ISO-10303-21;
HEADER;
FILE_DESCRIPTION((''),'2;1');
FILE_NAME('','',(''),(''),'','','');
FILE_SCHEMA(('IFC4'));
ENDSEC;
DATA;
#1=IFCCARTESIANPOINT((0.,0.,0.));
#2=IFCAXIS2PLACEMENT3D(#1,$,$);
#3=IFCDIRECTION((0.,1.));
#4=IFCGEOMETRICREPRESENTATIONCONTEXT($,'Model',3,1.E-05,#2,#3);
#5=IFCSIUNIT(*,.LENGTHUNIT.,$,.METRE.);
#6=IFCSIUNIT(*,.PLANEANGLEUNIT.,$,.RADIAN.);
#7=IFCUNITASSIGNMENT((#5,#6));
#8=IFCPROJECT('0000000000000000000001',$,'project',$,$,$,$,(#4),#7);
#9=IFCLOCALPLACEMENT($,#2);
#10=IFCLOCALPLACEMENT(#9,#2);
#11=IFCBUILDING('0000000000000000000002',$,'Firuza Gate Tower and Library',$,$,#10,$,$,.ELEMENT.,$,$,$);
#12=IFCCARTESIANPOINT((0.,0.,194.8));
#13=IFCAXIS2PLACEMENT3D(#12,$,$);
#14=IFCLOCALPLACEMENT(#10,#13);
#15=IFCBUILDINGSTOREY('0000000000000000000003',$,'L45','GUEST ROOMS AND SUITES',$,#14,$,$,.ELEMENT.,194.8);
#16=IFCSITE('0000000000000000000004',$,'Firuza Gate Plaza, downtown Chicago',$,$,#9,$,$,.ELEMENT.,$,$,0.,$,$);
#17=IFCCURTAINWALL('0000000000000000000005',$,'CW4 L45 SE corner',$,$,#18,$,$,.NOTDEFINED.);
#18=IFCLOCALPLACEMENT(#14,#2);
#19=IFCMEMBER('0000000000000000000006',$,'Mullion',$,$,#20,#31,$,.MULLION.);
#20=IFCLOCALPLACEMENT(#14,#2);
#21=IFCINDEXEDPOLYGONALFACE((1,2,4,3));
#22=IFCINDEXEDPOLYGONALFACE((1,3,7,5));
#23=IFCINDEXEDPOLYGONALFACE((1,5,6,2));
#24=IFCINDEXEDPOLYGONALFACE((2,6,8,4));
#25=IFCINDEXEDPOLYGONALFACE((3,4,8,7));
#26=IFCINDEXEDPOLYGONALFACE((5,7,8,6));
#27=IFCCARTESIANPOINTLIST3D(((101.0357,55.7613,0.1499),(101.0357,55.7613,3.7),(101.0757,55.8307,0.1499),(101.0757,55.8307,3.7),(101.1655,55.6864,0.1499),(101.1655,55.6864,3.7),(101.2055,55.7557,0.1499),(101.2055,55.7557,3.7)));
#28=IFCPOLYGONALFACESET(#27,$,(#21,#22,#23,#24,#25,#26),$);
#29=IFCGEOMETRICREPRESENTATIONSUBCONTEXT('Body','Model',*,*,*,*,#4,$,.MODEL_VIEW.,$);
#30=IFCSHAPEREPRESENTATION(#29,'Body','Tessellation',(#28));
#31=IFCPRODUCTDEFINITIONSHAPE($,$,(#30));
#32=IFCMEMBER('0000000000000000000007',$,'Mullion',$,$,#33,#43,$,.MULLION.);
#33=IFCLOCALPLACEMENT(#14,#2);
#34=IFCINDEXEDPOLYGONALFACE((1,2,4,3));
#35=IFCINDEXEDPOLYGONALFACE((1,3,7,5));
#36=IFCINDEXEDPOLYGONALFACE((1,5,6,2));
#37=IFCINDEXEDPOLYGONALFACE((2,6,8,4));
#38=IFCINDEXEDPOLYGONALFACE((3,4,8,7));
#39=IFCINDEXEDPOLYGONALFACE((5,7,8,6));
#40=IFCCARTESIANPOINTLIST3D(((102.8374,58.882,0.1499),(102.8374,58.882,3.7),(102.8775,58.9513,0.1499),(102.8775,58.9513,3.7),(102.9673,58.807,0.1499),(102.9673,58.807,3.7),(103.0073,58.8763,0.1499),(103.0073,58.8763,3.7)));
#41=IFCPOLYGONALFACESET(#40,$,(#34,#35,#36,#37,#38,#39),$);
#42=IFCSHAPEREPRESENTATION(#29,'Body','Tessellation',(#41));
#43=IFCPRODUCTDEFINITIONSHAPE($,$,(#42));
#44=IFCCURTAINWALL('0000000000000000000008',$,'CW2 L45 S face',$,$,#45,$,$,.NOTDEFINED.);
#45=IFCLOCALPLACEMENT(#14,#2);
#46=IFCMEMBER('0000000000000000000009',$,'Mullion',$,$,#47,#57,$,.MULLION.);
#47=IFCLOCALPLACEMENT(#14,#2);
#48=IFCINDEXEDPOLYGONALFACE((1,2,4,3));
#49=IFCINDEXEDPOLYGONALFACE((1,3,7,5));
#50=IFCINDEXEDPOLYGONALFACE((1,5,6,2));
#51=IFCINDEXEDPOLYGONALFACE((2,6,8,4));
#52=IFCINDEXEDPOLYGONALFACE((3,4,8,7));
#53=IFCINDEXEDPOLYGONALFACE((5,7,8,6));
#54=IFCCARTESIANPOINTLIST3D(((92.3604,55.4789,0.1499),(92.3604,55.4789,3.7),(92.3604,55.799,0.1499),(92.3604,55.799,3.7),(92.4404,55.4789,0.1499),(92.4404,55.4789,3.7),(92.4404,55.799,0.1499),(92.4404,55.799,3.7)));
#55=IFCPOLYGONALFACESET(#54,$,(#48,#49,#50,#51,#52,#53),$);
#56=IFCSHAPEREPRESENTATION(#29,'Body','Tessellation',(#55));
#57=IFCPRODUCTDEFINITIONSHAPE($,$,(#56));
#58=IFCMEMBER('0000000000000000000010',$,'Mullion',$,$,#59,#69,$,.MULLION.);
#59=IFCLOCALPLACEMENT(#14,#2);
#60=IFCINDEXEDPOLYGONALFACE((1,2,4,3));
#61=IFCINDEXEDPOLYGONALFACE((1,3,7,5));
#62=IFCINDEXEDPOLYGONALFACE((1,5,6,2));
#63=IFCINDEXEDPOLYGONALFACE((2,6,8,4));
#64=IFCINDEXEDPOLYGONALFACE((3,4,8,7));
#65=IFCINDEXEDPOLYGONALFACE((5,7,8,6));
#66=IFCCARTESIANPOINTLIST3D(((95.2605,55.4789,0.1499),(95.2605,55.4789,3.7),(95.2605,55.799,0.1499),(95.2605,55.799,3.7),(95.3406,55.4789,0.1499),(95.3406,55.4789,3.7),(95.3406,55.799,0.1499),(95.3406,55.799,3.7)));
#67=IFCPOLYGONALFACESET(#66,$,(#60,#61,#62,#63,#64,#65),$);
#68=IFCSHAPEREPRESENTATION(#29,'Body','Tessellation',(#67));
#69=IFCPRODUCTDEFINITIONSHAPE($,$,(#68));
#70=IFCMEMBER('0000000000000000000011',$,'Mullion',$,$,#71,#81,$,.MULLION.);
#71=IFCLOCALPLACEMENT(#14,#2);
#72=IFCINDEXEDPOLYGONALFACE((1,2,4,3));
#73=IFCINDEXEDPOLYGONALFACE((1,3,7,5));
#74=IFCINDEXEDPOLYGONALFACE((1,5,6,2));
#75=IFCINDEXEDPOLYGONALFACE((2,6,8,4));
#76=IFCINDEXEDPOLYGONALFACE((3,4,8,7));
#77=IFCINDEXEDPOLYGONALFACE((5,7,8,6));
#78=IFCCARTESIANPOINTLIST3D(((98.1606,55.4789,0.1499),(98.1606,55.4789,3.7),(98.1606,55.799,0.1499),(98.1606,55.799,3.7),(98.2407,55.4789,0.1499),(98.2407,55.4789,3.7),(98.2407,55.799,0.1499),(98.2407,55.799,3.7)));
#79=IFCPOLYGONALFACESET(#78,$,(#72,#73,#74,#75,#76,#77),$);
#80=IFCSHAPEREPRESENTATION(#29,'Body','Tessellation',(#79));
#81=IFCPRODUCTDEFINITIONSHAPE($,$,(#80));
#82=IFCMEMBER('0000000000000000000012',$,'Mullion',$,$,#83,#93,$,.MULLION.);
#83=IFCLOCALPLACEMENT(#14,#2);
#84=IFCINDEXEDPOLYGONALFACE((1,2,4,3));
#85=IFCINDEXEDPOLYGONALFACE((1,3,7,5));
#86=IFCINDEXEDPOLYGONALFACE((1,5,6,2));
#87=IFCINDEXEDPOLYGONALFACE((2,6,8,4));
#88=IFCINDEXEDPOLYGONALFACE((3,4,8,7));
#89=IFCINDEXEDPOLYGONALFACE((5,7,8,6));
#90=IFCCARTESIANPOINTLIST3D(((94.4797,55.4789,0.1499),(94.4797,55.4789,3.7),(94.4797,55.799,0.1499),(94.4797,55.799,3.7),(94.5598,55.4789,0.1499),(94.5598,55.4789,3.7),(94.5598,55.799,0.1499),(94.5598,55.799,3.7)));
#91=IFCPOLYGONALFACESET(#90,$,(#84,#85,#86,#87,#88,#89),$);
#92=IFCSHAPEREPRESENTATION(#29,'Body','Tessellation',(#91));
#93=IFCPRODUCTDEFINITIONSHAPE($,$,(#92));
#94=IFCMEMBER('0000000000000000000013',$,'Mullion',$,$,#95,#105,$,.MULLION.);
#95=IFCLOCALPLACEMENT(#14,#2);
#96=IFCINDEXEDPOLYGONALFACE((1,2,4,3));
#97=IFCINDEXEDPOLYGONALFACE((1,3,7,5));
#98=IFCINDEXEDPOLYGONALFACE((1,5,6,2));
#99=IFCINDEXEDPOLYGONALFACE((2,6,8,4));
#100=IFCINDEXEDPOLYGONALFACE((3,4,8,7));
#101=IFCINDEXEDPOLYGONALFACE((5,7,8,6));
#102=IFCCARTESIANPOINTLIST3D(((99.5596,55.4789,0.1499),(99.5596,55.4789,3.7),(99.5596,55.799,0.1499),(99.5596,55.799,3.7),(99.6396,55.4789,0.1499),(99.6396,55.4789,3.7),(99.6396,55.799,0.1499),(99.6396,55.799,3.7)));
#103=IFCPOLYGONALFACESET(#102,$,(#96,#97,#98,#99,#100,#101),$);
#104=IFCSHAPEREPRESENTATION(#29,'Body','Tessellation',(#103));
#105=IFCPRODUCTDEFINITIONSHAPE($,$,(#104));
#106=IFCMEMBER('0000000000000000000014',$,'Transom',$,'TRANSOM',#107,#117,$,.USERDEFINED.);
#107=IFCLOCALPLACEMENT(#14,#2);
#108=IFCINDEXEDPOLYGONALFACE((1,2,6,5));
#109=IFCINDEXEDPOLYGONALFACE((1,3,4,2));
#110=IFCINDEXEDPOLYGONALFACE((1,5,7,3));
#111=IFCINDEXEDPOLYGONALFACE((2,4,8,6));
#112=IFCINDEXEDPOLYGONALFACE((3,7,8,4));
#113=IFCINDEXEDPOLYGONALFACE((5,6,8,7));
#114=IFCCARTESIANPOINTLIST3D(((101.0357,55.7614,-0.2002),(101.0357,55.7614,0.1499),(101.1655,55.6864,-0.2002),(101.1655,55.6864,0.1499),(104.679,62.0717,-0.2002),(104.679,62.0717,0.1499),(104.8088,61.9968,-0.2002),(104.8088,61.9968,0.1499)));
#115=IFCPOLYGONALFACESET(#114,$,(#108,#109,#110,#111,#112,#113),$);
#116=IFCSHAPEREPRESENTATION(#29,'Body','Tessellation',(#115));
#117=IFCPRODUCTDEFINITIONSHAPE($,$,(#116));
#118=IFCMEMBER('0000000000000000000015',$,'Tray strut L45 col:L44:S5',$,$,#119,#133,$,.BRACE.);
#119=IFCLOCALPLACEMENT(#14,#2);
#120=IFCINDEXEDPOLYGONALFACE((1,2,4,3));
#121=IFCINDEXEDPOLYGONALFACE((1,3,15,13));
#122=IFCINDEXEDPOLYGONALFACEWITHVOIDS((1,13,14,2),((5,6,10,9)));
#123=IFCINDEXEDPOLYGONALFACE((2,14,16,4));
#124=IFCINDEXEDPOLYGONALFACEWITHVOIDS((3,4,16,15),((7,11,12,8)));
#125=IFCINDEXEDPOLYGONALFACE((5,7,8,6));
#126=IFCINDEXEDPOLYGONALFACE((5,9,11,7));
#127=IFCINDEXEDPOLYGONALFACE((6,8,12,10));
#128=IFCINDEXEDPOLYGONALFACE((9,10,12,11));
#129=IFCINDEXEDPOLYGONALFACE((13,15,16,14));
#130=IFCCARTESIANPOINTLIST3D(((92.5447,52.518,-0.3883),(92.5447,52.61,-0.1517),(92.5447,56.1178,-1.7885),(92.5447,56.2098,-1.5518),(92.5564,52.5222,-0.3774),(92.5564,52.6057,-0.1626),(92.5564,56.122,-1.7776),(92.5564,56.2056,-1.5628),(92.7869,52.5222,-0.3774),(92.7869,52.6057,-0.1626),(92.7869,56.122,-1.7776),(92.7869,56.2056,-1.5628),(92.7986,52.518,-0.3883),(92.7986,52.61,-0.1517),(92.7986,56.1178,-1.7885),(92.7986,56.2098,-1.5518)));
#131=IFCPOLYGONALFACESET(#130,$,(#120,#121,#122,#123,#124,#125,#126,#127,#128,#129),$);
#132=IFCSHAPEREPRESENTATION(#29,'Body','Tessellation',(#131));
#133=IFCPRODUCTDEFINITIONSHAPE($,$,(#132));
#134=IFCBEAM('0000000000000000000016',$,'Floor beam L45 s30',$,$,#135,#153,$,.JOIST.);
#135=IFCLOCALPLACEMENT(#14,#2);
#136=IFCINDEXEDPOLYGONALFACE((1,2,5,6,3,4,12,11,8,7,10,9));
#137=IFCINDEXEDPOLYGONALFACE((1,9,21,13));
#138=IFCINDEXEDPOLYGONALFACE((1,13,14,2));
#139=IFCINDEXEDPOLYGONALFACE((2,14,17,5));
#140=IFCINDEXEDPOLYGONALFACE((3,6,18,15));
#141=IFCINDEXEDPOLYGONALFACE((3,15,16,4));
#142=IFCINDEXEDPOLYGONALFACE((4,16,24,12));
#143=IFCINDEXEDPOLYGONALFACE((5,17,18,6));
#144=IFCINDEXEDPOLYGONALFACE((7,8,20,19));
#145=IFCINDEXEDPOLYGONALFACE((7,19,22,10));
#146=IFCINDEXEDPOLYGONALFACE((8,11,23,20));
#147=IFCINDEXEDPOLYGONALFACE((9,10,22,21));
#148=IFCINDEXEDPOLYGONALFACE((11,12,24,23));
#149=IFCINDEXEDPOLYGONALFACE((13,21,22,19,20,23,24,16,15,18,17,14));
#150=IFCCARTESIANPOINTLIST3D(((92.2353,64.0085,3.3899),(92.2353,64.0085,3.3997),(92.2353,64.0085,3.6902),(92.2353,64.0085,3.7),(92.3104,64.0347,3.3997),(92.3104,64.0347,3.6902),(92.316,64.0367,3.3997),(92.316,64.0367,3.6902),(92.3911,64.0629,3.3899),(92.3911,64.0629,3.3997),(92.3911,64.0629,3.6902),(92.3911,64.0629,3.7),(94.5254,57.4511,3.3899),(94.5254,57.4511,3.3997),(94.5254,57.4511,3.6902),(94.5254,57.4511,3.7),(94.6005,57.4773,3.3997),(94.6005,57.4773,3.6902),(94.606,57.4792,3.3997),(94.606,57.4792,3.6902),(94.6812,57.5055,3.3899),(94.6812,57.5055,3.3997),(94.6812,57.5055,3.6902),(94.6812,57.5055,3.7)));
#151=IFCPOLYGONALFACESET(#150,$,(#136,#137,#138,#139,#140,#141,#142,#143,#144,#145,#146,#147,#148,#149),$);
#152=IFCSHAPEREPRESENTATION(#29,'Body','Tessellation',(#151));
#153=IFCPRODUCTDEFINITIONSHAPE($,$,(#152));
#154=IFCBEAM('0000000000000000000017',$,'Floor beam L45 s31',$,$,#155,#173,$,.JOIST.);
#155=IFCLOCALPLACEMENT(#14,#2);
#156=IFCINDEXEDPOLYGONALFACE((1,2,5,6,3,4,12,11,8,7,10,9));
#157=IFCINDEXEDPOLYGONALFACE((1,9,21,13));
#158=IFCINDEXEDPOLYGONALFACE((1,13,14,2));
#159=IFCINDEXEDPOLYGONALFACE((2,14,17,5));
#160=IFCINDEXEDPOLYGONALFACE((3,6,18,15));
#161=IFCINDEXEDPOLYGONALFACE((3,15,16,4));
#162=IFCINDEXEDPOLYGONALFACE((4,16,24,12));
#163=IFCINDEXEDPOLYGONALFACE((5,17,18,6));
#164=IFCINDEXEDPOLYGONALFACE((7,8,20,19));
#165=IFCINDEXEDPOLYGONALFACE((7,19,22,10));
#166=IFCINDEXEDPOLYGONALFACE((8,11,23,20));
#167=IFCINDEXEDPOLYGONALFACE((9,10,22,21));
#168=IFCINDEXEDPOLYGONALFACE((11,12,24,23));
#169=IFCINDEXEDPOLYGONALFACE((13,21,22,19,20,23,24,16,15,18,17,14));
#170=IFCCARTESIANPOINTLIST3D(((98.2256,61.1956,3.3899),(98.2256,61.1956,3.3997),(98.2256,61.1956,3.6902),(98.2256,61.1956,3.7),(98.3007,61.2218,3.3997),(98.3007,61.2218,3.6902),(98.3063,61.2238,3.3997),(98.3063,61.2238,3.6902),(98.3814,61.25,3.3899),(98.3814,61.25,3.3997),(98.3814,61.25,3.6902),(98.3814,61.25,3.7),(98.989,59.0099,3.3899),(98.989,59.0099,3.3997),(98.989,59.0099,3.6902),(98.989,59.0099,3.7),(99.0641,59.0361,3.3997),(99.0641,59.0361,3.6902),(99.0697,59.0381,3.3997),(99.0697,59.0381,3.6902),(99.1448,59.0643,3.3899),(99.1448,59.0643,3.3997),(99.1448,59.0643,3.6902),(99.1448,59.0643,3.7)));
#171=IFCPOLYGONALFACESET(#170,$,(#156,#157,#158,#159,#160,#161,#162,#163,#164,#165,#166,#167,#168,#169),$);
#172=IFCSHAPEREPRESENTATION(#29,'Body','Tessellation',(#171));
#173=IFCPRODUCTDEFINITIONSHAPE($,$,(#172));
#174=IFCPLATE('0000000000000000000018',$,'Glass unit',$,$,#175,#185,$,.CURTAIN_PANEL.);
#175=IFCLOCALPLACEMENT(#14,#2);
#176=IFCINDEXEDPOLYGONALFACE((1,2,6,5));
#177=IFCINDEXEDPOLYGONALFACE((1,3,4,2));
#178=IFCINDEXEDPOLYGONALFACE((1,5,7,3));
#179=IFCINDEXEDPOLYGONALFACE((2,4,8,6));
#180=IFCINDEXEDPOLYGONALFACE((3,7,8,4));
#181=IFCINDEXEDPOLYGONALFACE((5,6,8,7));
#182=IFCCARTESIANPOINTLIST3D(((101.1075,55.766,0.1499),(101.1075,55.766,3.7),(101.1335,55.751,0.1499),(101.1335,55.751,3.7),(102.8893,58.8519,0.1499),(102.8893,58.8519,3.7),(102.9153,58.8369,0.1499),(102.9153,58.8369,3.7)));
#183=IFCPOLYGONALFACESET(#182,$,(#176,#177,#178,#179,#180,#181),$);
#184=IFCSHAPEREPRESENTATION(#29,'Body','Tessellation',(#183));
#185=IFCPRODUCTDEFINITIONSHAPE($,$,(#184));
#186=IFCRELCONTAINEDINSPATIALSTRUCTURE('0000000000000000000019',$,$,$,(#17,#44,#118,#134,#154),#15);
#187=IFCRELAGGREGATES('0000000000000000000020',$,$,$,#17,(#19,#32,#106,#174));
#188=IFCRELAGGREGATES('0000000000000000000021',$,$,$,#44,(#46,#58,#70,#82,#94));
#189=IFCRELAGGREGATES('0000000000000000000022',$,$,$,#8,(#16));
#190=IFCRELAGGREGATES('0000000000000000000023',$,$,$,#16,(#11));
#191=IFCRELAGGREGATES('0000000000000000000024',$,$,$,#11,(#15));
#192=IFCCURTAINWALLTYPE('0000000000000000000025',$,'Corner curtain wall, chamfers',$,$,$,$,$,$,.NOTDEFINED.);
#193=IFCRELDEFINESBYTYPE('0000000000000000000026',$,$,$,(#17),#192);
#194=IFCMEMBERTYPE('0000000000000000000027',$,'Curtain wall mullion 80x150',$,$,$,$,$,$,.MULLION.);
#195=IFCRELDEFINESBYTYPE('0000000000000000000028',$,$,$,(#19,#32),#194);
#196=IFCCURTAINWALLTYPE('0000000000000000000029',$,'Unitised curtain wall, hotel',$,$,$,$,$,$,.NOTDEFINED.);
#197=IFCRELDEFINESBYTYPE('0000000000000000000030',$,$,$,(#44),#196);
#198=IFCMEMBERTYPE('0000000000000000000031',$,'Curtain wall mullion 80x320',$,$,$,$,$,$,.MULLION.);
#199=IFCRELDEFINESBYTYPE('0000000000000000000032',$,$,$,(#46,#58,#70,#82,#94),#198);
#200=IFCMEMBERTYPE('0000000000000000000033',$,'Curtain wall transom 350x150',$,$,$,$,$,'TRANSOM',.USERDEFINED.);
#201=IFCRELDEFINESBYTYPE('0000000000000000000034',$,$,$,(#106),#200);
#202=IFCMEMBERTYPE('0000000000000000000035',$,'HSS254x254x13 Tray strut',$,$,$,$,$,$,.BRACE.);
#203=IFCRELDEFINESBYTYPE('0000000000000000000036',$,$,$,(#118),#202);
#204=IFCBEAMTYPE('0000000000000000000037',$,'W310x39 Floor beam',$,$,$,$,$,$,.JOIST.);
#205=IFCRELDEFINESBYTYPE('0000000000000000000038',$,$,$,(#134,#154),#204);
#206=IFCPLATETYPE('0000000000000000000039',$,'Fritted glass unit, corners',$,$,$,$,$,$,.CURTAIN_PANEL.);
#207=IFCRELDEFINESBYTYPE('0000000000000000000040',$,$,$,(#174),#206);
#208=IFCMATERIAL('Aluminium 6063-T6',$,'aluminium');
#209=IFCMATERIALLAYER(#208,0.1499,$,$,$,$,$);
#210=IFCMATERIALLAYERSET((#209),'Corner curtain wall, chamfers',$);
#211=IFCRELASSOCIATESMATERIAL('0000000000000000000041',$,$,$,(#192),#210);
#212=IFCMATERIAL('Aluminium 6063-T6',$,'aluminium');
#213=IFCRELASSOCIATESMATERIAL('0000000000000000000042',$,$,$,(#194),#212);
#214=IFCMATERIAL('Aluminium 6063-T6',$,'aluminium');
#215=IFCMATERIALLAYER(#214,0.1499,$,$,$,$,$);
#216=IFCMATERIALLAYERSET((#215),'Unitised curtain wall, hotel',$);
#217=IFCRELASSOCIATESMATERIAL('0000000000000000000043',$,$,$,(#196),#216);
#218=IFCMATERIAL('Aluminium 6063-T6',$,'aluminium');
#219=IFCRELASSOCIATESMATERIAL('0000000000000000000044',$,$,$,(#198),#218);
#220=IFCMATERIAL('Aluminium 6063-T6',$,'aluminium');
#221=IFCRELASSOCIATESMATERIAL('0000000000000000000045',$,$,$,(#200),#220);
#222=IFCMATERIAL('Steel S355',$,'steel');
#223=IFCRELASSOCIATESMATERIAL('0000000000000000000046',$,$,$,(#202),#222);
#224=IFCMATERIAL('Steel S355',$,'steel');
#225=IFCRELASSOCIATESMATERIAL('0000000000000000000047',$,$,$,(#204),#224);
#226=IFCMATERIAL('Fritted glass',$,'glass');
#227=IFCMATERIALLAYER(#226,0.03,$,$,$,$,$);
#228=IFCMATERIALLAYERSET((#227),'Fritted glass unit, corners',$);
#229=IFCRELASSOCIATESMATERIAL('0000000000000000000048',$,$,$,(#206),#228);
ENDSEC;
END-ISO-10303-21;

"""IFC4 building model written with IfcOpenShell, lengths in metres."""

from ifc_helpers import new_model, si_unit, direction, frame, origin, origin_2d, place, context, subcontext, project, spatial, polyline, rectangle, hollow_rectangle, i_section, outline, extrude, material, layer, layer_set, material_profile, profile_set, type_object, element, aggregate, save


model = new_model("IFC4")

# Units and contexts
model_context = context("Model", 3, precision=1e-05, world=origin(), true_north=direction((0.0, 1.0)))
body_context = subcontext(model_context, "Body", "Model", "MODEL_VIEW")
ifc_project = project(units=[si_unit("LENGTHUNIT", "METRE"), si_unit("PLANEANGLEUNIT", "RADIAN")], contexts=[model_context])

# Site, building, storey
site_placement = place(None, origin())
site = spatial("IfcSite", under=ifc_project, at=site_placement, Name="Firuza Gate Plaza, downtown Chicago", CompositionType="ELEMENT", RefElevation=0.0)
building_placement = place(site_placement, origin())
building = spatial("IfcBuilding", under=site, at=building_placement, Name="Firuza Gate Tower and Library", CompositionType="ELEMENT")
storey_placement = place(building_placement, frame((0.0, 0.0, 194.8)))
storey = spatial("IfcBuildingStorey", under=building, at=storey_placement, Name="L45", Description="GUEST ROOMS AND SUITES", CompositionType="ELEMENT", Elevation=194.8)

# Curtain walls, members
ifc_material_1 = material(Name="Aluminium 6063-T6", Category="aluminium")
ifc_layer_1 = layer(ifc_material_1, 0.1499)
ifc_layer_set_1 = layer_set([ifc_layer_1], Name="Corner curtain wall, chamfers")
curtain_wall_type_1 = type_object("IfcCurtainWallType", Name="Corner curtain wall, chamfers", PredefinedType="NOTDEFINED", material=ifc_layer_set_1)
placement = place(storey_placement, origin())
curtain_wall_1 = element("IfcCurtainWall", 1, at=placement, inside=storey, type_object=curtain_wall_type_1, Name="CW4 L45 SE corner", PredefinedType="NOTDEFINED")
ifc_material_2 = material(Name="Aluminium 6063-T6", Category="aluminium")
ifc_material_profile_1 = material_profile(ifc_material_2, rectangle(XDim=0.1499, YDim=0.0801, at=origin_2d()))
ifc_profile_set_1 = profile_set([ifc_material_profile_1], Name="Aluminium 6063-T6")
member_type_1 = type_object("IfcMemberType", Name="Curtain wall mullion 80x150", PredefinedType="MULLION", material=ifc_profile_set_1)
member_1_placement = place(storey_placement, frame((101.1206, 55.7585, 0.1499), z_axis=(0.0, 0.0, 1.0), x_axis=(-0.866025, 0.5, 0.0)))
member_1 = element("IfcMember", 2, at=member_1_placement, type_object=member_type_1, Name="Mullion", PredefinedType="MULLION", context=body_context, shape_type="SweptSolid", body=[
    extrude(rectangle(XDim=0.1499, YDim=0.0801, at=origin_2d()), origin(), (0.0, 0.0, 1.0), 3.55),
])
member_2_placement = place(storey_placement, frame((102.9224, 58.8792, 0.1499), z_axis=(0.0, 0.0, 1.0), x_axis=(-0.866025, 0.5, 0.0)))
member_2 = element("IfcMember", 3, at=member_2_placement, type_object=member_type_1, Name="Mullion", PredefinedType="MULLION", context=body_context, shape_type="SweptSolid", body=[
    extrude(rectangle(XDim=0.1499, YDim=0.0801, at=origin_2d()), origin(), (0.0, 0.0, 1.0), 3.55),
])
ifc_material_3 = material(Name="Aluminium 6063-T6", Category="aluminium")
ifc_layer_2 = layer(ifc_material_3, 0.1499)
ifc_layer_set_2 = layer_set([ifc_layer_2], Name="Unitised curtain wall, hotel")
curtain_wall_type_2 = type_object("IfcCurtainWallType", Name="Unitised curtain wall, hotel", PredefinedType="NOTDEFINED", material=ifc_layer_set_2)
curtain_wall_2 = element("IfcCurtainWall", 4, at=placement, inside=storey, type_object=curtain_wall_type_2, Name="CW2 L45 S face", PredefinedType="NOTDEFINED")
ifc_material_4 = material(Name="Aluminium 6063-T6", Category="aluminium")
ifc_material_profile_2 = material_profile(ifc_material_4, rectangle(XDim=0.3201, YDim=0.0801, at=origin_2d()))
ifc_profile_set_2 = profile_set([ifc_material_profile_2], Name="Aluminium 6063-T6")
member_type_2 = type_object("IfcMemberType", Name="Curtain wall mullion 80x320", PredefinedType="MULLION", material=ifc_profile_set_2)
member_3_placement = place(storey_placement, frame((92.4004, 55.6389, 0.1499), z_axis=(0.0, 0.0, 1.0), x_axis=(0.0, 1.0, 0.0)))
member_3 = element("IfcMember", 5, at=member_3_placement, type_object=member_type_2, Name="Mullion", PredefinedType="MULLION", context=body_context, shape_type="SweptSolid", body=[
    extrude(rectangle(XDim=0.3201, YDim=0.0801, at=origin_2d()), origin(), (0.0, 0.0, 1.0), 3.55),
])
member_4_placement = place(storey_placement, frame((95.3005, 55.6389, 0.1499), z_axis=(0.0, 0.0, 1.0), x_axis=(0.0, 1.0, 0.0)))
member_4 = element("IfcMember", 6, at=member_4_placement, type_object=member_type_2, Name="Mullion", PredefinedType="MULLION", context=body_context, shape_type="SweptSolid", body=[
    extrude(rectangle(XDim=0.3201, YDim=0.0801, at=origin_2d()), origin(), (0.0, 0.0, 1.0), 3.55),
])
member_5_placement = place(storey_placement, frame((98.2007, 55.6389, 0.1499), z_axis=(0.0, 0.0, 1.0), x_axis=(0.0, 1.0, 0.0)))
member_5 = element("IfcMember", 7, at=member_5_placement, type_object=member_type_2, Name="Mullion", PredefinedType="MULLION", context=body_context, shape_type="SweptSolid", body=[
    extrude(rectangle(XDim=0.3201, YDim=0.0801, at=origin_2d()), origin(), (0.0, 0.0, 1.0), 3.55),
])
member_6_placement = place(storey_placement, frame((94.5198, 55.6389, 0.1499), z_axis=(0.0, 0.0, 1.0), x_axis=(0.0, 1.0, 0.0)))
member_6 = element("IfcMember", 8, at=member_6_placement, type_object=member_type_2, Name="Mullion", PredefinedType="MULLION", context=body_context, shape_type="SweptSolid", body=[
    extrude(rectangle(XDim=0.3201, YDim=0.0801, at=origin_2d()), origin(), (0.0, 0.0, 1.0), 3.55),
])
member_7_placement = place(storey_placement, frame((99.5996, 55.6389, 0.1499), z_axis=(0.0, 0.0, 1.0), x_axis=(0.0, 1.0, 0.0)))
member_7 = element("IfcMember", 9, at=member_7_placement, type_object=member_type_2, Name="Mullion", PredefinedType="MULLION", context=body_context, shape_type="SweptSolid", body=[
    extrude(rectangle(XDim=0.3201, YDim=0.0801, at=origin_2d()), origin(), (0.0, 0.0, 1.0), 3.55),
])

# Members
ifc_material_5 = material(Name="Aluminium 6063-T6", Category="aluminium")
ifc_material_profile_3 = material_profile(ifc_material_5, rectangle(XDim=0.1499, YDim=0.3501, at=origin_2d()))
ifc_profile_set_3 = profile_set([ifc_material_profile_3], Name="Aluminium 6063-T6")
member_type_3 = type_object("IfcMemberType", Name="Curtain wall transom 350x150", ElementType="TRANSOM", PredefinedType="USERDEFINED", material=ifc_profile_set_3)
member_8_placement = place(storey_placement, frame((101.1006, 55.7239, -0.0251), z_axis=(0.500006, 0.866022, 0.0), x_axis=(-0.866022, 0.500006, 0.0)))
member_8 = element("IfcMember", 10, at=member_8_placement, type_object=member_type_3, Name="Transom", ObjectType="TRANSOM", PredefinedType="USERDEFINED", context=body_context, shape_type="SweptSolid", body=[
    extrude(rectangle(XDim=0.1499, YDim=0.3501, at=origin_2d()), origin(), (0.0, 0.0, 1.0), 7.2866),
])
ifc_material_6 = material(Name="Steel S355", Category="steel")
ifc_material_profile_4 = material_profile(ifc_material_6, hollow_rectangle(XDim=0.2539, YDim=0.2539, WallThickness=0.0117, at=origin_2d()))
ifc_profile_set_4 = profile_set([ifc_material_profile_4], Name="Steel S355")
member_type_4 = type_object("IfcMemberType", Name="HSS254x254x13 Tray strut", PredefinedType="BRACE", material=ifc_profile_set_4)
member_9_placement = place(storey_placement, frame((92.6716, 56.1638, -1.6702), z_axis=(0.0, -0.931987, 0.362492), x_axis=(1.0, 0.0, 0.0)))
element("IfcMember", 11, at=member_9_placement, inside=storey, type_object=member_type_4, Name="Tray strut L45 col:L44:S5", PredefinedType="BRACE", context=body_context, shape_type="SweptSolid", body=[
    extrude(hollow_rectangle(XDim=0.2539, YDim=0.2539, WallThickness=0.0117, at=origin_2d()), origin(), (0.0, 0.0, 1.0), 3.8625),
])

# Beams
ifc_material_7 = material(Name="Steel S355", Category="steel")
ifc_material_profile_5 = material_profile(ifc_material_7, i_section(OverallWidth=0.165, OverallDepth=0.3101, WebThickness=0.0059, FlangeThickness=0.0098, at=origin_2d()))
ifc_profile_set_5 = profile_set([ifc_material_profile_5], Name="Steel S355")
beam_type = type_object("IfcBeamType", Name="W310x39 Floor beam", PredefinedType="JOIST", material=ifc_profile_set_5)
beam_1_placement = place(storey_placement, frame((94.6033, 57.4783, 3.5449), z_axis=(-0.329704, 0.944084, 0.0), x_axis=(-0.944084, -0.329704, 0.0)))
element("IfcBeam", 12, at=beam_1_placement, inside=storey, type_object=beam_type, Name="Floor beam L45 s30", PredefinedType="JOIST", context=body_context, shape_type="SweptSolid", body=[
    extrude(i_section(OverallWidth=0.165, OverallDepth=0.3101, WebThickness=0.0059, FlangeThickness=0.0098, at=origin_2d()), origin(), (0.0, 0.0, 1.0), 6.9458),
])
beam_2_placement = place(storey_placement, frame((99.0669, 59.0371, 3.5449), z_axis=(-0.329735, 0.944074, 0.0), x_axis=(-0.944074, -0.329735, 0.0)))
element("IfcBeam", 13, at=beam_2_placement, inside=storey, type_object=beam_type, Name="Floor beam L45 s31", PredefinedType="JOIST", context=body_context, shape_type="SweptSolid", body=[
    extrude(i_section(OverallWidth=0.165, OverallDepth=0.3101, WebThickness=0.0059, FlangeThickness=0.0098, at=origin_2d()), origin(), (0.0, 0.0, 1.0), 2.3152),
])

# Plate
ifc_material_8 = material(Name="Fritted glass", Category="glass")
ifc_layer_3 = layer(ifc_material_8, 0.03)
ifc_layer_set_3 = layer_set([ifc_layer_3], Name="Fritted glass unit, corners")
plate_type_1 = type_object("IfcPlateType", Name="Fritted glass unit, corners", PredefinedType="CURTAIN_PANEL", material=ifc_layer_set_3)
plate_1_placement = place(storey_placement, frame((101.1335, 55.751, 0.1499), z_axis=(0.866017, -0.500015, 0.0), x_axis=(0.500015, 0.866017, 0.0)))
plate_1 = element("IfcPlate", 14, at=plate_1_placement, type_object=plate_type_1, Name="Glass unit", PredefinedType="CURTAIN_PANEL", context=body_context, shape_type="SweptSolid", body=[
    extrude(outline(polyline([(0.0, 0.0), (3.5634, 0.0), (3.5634, 3.55), (0.0, 3.55), (0.0, 0.0)])), origin(), (0.0, 0.0, -1.0), 0.03),
])
aggregate(curtain_wall_1, [member_1, member_2, member_8, plate_1])
aggregate(curtain_wall_2, [member_3, member_4, member_5, member_6, member_7])

save(model, "model.ifc")
